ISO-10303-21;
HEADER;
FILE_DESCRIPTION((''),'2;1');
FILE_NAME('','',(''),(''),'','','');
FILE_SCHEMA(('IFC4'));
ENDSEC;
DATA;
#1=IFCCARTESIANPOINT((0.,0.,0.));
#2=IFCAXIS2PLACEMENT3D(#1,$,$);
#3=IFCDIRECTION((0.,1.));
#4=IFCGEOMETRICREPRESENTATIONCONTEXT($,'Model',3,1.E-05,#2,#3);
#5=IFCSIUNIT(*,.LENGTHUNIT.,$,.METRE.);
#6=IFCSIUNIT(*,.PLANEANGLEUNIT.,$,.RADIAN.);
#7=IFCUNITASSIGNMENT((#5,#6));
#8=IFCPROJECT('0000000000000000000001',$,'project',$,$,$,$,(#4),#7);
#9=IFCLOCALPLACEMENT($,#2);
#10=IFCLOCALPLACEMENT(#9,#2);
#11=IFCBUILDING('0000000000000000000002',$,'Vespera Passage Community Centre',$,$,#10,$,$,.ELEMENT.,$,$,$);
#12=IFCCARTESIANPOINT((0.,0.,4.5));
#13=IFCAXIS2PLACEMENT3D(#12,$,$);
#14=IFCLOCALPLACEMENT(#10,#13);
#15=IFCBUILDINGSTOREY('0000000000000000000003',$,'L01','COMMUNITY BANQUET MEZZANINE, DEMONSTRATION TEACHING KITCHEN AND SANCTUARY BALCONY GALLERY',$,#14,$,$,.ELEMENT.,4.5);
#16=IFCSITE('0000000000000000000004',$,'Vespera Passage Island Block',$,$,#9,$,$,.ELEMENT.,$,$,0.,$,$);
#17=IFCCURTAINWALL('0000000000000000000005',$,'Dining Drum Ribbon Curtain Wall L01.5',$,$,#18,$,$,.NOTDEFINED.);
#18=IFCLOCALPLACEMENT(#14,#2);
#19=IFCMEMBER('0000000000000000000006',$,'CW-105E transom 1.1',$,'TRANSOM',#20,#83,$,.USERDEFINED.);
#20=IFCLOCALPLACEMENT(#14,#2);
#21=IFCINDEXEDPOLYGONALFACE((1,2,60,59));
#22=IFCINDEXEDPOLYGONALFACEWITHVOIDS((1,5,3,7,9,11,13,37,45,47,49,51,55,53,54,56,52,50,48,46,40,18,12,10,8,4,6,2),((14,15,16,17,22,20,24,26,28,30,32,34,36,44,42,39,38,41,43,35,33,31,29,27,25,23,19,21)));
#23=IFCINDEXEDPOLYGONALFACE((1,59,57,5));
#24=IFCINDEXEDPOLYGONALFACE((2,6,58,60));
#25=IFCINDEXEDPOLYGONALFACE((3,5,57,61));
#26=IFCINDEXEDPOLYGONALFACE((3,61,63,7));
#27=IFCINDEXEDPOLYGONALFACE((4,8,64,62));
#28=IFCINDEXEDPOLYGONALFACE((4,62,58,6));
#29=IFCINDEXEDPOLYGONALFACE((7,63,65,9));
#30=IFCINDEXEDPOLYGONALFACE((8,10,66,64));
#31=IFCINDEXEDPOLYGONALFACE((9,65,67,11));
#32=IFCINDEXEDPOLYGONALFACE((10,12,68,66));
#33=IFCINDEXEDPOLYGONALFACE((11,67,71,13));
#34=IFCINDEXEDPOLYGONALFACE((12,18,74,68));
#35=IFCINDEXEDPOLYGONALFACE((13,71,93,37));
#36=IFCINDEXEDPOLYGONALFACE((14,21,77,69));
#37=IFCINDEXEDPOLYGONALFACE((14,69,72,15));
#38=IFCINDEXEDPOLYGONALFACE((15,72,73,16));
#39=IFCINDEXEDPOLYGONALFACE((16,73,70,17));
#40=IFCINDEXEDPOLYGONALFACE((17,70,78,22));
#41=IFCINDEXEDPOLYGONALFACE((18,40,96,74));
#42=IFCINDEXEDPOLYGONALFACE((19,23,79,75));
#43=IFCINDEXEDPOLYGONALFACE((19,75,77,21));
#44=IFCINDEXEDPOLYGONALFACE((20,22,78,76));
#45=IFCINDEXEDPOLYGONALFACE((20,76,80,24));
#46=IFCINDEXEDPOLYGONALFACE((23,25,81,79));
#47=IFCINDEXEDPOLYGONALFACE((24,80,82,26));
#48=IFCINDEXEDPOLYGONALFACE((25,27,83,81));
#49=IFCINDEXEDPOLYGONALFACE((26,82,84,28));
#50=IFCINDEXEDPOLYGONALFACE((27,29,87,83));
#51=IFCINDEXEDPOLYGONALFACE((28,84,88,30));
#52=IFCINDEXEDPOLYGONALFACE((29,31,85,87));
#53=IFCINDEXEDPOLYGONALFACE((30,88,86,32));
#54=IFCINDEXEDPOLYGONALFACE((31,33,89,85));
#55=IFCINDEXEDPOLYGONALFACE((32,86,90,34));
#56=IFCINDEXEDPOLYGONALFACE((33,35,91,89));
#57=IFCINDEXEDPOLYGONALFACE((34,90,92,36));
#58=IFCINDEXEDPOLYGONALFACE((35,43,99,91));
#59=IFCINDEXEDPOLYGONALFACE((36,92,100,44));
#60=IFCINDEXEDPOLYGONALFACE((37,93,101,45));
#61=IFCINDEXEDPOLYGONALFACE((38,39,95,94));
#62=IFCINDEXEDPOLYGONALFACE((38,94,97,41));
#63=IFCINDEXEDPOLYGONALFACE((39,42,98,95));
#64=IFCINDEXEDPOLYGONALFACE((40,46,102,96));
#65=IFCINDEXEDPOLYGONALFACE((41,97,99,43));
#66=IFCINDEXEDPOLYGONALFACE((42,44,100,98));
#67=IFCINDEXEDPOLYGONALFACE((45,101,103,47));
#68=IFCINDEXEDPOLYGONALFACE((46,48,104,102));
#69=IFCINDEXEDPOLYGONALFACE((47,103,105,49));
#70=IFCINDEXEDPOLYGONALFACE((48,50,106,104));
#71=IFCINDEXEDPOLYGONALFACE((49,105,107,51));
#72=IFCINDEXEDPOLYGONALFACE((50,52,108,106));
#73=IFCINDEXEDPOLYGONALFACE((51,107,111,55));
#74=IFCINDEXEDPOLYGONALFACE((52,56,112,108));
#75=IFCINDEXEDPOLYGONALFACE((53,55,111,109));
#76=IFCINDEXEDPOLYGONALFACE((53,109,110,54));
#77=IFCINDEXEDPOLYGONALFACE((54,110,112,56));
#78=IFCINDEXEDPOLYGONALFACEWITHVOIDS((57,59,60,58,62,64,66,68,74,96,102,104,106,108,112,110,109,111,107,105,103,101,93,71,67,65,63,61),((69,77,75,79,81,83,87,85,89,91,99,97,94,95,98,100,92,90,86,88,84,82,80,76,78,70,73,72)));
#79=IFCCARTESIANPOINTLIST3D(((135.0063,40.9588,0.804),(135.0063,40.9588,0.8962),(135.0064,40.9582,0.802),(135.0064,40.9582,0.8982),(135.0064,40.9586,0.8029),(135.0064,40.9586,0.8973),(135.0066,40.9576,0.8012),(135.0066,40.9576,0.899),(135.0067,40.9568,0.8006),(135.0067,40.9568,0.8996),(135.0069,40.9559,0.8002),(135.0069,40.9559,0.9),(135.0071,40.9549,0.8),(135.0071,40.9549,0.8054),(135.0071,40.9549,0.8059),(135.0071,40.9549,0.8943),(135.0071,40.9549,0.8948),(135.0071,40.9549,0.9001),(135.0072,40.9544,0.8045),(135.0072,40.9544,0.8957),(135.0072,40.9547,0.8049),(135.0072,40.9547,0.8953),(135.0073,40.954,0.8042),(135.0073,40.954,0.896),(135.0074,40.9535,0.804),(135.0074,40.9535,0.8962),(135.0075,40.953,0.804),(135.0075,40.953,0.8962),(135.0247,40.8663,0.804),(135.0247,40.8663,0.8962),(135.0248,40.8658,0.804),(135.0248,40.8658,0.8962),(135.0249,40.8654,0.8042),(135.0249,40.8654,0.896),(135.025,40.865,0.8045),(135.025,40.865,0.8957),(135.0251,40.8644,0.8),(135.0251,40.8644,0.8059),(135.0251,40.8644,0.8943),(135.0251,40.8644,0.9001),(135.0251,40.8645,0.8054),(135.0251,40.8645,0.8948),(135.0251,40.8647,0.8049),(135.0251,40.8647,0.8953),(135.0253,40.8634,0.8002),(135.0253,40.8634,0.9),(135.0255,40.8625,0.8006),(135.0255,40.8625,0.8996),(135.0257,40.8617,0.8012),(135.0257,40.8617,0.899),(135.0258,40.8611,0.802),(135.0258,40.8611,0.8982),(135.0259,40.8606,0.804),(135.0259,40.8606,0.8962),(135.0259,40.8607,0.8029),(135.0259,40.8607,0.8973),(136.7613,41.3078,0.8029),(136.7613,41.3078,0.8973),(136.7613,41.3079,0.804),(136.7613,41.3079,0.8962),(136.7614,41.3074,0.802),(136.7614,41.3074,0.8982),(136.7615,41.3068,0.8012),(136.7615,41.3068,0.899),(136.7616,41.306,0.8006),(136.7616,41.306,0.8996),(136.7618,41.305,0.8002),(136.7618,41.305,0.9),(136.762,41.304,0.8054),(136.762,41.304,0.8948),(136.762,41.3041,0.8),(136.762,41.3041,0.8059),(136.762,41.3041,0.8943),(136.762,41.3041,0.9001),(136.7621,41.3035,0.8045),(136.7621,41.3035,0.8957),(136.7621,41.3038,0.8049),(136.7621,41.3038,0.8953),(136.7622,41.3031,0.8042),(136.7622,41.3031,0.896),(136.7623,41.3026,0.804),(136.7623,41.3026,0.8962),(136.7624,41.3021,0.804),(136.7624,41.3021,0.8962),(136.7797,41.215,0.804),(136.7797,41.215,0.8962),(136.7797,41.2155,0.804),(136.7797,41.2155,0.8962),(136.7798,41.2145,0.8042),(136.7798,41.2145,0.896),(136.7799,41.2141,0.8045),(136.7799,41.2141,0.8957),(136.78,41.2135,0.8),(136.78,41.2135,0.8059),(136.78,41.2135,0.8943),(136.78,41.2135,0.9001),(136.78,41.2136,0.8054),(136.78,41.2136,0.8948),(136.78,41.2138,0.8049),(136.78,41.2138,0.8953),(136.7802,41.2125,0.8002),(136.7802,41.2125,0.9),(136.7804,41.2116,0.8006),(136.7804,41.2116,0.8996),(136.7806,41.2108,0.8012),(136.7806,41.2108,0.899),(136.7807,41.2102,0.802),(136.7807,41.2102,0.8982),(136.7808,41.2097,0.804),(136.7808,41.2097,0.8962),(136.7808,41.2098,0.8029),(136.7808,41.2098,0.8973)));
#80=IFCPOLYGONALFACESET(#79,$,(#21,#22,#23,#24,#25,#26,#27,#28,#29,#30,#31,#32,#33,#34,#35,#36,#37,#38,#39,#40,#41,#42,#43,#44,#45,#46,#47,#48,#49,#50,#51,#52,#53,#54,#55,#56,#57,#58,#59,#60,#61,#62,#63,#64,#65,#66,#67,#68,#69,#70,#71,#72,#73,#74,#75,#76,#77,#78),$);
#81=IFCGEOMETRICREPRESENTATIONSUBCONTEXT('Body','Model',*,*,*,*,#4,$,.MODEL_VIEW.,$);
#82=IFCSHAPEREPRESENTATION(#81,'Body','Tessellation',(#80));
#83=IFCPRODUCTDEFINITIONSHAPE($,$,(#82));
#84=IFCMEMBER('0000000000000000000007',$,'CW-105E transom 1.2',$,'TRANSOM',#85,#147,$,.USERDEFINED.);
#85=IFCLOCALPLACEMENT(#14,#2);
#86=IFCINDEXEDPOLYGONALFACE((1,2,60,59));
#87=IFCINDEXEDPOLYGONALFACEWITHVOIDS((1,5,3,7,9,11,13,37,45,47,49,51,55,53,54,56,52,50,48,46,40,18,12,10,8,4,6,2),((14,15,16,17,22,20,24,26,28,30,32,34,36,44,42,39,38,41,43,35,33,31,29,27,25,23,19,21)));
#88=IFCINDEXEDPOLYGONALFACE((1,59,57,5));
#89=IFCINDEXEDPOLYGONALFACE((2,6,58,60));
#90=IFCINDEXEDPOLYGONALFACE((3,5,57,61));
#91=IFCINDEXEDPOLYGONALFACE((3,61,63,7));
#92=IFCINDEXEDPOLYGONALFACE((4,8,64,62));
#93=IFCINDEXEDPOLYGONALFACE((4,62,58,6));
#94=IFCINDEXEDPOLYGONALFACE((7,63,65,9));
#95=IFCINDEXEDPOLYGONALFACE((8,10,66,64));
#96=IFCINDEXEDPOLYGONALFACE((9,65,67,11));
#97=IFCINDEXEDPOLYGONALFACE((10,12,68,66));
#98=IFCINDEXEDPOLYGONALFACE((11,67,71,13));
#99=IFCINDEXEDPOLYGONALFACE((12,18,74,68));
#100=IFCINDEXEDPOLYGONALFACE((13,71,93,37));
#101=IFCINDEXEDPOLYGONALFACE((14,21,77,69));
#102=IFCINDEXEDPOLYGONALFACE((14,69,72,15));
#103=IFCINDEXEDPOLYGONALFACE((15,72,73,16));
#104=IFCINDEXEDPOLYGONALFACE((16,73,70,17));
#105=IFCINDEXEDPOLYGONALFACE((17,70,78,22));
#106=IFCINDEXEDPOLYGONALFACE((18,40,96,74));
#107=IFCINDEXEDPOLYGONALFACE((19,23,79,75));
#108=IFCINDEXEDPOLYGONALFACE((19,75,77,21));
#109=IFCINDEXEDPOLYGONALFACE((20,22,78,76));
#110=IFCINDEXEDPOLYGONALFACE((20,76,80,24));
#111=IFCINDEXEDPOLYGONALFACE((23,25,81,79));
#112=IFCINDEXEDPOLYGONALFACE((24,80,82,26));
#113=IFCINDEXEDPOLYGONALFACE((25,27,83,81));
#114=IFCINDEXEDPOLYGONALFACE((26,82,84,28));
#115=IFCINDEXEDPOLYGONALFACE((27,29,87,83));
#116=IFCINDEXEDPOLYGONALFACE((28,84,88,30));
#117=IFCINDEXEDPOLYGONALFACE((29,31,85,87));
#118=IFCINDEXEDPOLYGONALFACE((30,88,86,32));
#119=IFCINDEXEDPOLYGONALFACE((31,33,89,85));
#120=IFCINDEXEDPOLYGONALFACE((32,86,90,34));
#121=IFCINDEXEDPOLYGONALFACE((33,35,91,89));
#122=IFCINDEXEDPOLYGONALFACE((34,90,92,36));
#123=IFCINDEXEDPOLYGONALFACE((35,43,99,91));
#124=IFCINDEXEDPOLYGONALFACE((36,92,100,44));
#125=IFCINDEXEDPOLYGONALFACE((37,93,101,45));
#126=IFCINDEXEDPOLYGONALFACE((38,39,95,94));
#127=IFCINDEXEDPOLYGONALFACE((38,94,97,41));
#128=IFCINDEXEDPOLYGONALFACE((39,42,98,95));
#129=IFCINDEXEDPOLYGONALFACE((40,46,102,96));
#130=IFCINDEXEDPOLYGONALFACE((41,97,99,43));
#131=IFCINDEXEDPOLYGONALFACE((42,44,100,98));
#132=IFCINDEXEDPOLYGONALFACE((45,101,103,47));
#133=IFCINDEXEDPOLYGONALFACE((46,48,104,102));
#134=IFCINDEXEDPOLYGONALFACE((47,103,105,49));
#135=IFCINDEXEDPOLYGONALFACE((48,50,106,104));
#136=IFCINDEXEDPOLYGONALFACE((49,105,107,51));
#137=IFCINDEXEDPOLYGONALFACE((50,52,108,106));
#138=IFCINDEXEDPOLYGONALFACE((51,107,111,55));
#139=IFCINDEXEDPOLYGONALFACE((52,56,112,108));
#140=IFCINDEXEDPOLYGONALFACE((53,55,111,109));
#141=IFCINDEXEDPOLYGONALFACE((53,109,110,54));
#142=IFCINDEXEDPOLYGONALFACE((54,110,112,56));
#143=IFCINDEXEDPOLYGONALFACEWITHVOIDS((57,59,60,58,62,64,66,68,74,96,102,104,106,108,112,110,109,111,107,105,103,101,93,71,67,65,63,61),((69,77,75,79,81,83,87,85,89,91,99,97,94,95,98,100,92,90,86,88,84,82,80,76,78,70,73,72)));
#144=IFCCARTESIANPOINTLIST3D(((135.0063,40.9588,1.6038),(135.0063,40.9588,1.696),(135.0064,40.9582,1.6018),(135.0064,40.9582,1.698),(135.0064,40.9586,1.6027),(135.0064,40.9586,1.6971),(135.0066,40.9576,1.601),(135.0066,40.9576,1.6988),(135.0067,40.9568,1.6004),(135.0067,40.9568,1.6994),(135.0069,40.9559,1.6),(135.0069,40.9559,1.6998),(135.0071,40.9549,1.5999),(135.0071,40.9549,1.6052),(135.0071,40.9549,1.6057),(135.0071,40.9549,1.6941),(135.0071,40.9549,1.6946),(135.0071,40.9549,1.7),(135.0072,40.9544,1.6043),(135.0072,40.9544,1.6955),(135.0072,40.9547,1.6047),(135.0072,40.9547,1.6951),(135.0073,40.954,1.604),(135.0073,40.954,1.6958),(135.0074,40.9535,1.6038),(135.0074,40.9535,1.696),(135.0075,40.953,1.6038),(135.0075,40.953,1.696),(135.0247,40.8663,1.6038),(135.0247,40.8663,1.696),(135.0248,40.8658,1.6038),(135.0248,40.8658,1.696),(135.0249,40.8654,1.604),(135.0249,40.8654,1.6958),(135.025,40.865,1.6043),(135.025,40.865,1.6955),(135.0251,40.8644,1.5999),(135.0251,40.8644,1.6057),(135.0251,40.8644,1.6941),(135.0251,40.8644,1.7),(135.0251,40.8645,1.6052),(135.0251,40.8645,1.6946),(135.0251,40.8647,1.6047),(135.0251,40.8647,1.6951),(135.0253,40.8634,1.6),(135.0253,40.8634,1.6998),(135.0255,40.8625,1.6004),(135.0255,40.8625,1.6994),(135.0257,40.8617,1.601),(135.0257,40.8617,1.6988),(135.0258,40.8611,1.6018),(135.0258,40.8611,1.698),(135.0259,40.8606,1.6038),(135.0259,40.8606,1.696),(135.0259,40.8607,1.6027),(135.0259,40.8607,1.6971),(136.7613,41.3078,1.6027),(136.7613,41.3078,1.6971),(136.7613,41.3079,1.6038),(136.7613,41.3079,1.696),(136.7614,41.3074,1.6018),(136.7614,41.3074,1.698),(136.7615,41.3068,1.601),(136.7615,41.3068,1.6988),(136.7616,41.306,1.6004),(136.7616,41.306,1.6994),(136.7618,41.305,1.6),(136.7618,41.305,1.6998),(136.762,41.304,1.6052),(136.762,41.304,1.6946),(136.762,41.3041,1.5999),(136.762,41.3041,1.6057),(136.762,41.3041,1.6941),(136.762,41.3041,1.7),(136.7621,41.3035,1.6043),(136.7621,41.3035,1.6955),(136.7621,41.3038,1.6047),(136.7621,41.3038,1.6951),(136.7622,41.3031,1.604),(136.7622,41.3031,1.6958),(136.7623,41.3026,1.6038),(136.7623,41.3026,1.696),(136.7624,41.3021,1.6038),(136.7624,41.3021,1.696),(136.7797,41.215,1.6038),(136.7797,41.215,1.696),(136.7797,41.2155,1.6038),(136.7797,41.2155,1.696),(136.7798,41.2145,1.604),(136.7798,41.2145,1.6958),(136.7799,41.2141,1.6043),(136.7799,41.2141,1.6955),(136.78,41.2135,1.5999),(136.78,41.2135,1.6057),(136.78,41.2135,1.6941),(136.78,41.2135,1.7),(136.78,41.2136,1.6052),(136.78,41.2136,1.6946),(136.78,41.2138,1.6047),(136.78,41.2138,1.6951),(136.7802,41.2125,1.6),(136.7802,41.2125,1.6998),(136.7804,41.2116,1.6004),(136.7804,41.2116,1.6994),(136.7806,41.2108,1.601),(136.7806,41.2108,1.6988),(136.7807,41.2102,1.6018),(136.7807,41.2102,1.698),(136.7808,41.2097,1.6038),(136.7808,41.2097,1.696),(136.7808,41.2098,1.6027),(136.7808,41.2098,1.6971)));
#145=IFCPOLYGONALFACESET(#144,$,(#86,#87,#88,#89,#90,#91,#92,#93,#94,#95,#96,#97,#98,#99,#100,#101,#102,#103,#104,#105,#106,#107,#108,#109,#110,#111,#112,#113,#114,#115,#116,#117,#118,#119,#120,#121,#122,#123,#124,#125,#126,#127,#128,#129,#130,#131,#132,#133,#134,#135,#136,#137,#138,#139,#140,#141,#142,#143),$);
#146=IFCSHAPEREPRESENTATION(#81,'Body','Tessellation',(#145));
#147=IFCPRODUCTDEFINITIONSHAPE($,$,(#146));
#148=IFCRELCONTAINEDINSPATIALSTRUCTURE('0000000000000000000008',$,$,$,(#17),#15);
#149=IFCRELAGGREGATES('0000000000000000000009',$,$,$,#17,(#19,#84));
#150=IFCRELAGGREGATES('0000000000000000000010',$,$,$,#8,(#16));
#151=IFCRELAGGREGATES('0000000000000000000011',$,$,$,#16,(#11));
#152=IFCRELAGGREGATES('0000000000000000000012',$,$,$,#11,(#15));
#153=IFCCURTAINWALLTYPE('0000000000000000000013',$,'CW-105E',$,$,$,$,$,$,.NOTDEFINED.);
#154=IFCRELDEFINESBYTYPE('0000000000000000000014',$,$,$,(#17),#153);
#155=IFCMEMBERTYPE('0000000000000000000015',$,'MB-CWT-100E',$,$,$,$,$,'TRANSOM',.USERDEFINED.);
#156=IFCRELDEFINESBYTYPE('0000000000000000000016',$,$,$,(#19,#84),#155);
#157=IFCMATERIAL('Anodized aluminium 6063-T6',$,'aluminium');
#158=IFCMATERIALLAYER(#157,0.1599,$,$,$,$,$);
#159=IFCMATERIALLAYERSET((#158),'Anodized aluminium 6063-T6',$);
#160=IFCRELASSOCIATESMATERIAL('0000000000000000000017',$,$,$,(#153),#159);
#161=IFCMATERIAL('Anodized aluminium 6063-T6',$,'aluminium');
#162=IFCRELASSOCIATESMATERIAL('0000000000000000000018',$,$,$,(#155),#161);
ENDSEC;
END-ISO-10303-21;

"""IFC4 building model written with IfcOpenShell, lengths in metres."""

from ifc_helpers import new_model, si_unit, direction, frame, origin, origin_2d, place, context, subcontext, project, spatial, hollow_rectangle, extrude, material, layer, layer_set, material_profile, profile_set, type_object, element, aggregate, save


model = new_model("IFC4")

# Units and contexts
model_context = context("Model", 3, precision=1e-05, world=origin(), true_north=direction((0.0, 1.0)))
body_context = subcontext(model_context, "Body", "Model", "MODEL_VIEW")
ifc_project = project(units=[si_unit("LENGTHUNIT", "METRE"), si_unit("PLANEANGLEUNIT", "RADIAN")], contexts=[model_context])

# Site, building, storey
site_placement = place(None, origin())
site = spatial("IfcSite", under=ifc_project, at=site_placement, Name="Vespera Passage Island Block", CompositionType="ELEMENT", RefElevation=0.0)
building_placement = place(site_placement, origin())
building = spatial("IfcBuilding", under=site, at=building_placement, Name="Vespera Passage Community Centre", CompositionType="ELEMENT")
storey_placement = place(building_placement, frame((0.0, 0.0, 4.5)))
storey = spatial("IfcBuildingStorey", under=building, at=storey_placement, Name="L01", Description="COMMUNITY BANQUET MEZZANINE, DEMONSTRATION TEACHING KITCHEN AND SANCTUARY BALCONY GALLERY", CompositionType="ELEMENT", Elevation=4.5)

# Curtain wall
ifc_material_1 = material(Name="Anodized aluminium 6063-T6", Category="aluminium")
ifc_layer_1 = layer(ifc_material_1, 0.1599)
ifc_layer_set_1 = layer_set([ifc_layer_1], Name="Anodized aluminium 6063-T6")
curtain_wall_type_1 = type_object("IfcCurtainWallType", Name="CW-105E", PredefinedType="NOTDEFINED", material=ifc_layer_set_1)
curtain_wall_1_placement = place(storey_placement, origin())
curtain_wall_1 = element("IfcCurtainWall", 1, at=curtain_wall_1_placement, inside=storey, type_object=curtain_wall_type_1, Name="Dining Drum Ribbon Curtain Wall L01.5", PredefinedType="NOTDEFINED")

# Members
ifc_material_2 = material(Name="Anodized aluminium 6063-T6", Category="aluminium")
ifc_material_profile_1 = material_profile(ifc_material_2, hollow_rectangle(XDim=0.1001, YDim=0.1001, WallThickness=0.0039, InnerFilletRadius=0.002, OuterFilletRadius=0.0039, at=origin_2d()), Name="ALU100X100X4")
ifc_profile_set_1 = profile_set([ifc_material_profile_1], Name="Anodized aluminium 6063-T6")
member_type_1 = type_object("IfcMemberType", Name="MB-CWT-100E", ElementType="TRANSOM", PredefinedType="USERDEFINED", material=ifc_profile_set_1)
member_1_placement = place(storey_placement, frame((135.0161, 40.9097, 0.8501), z_axis=(0.98078, 0.195119, 0.0), x_axis=(-0.195119, 0.98078, 0.0)))
member_1 = element("IfcMember", 2, at=member_1_placement, type_object=member_type_1, Name="CW-105E transom 1.1", ObjectType="TRANSOM", PredefinedType="USERDEFINED", context=body_context, shape_type="SweptSolid", body=[
    extrude(hollow_rectangle(XDim=0.1001, YDim=0.1001, WallThickness=0.0039, InnerFilletRadius=0.002, OuterFilletRadius=0.0039, at=origin_2d()), origin(), (0.0, 0.0, 1.0), 1.7893),
])
member_2_placement = place(storey_placement, frame((135.0161, 40.9097, 1.6499), z_axis=(0.98078, 0.195119, 0.0), x_axis=(-0.195119, 0.98078, 0.0)))
member_2 = element("IfcMember", 3, at=member_2_placement, type_object=member_type_1, Name="CW-105E transom 1.2", ObjectType="TRANSOM", PredefinedType="USERDEFINED", context=body_context, shape_type="SweptSolid", body=[
    extrude(hollow_rectangle(XDim=0.1001, YDim=0.1001, WallThickness=0.0039, InnerFilletRadius=0.002, OuterFilletRadius=0.0039, at=origin_2d()), origin(), (0.0, 0.0, 1.0), 1.7893),
])

aggregate(curtain_wall_1, [member_1, member_2])

save(model, "model.ifc")
